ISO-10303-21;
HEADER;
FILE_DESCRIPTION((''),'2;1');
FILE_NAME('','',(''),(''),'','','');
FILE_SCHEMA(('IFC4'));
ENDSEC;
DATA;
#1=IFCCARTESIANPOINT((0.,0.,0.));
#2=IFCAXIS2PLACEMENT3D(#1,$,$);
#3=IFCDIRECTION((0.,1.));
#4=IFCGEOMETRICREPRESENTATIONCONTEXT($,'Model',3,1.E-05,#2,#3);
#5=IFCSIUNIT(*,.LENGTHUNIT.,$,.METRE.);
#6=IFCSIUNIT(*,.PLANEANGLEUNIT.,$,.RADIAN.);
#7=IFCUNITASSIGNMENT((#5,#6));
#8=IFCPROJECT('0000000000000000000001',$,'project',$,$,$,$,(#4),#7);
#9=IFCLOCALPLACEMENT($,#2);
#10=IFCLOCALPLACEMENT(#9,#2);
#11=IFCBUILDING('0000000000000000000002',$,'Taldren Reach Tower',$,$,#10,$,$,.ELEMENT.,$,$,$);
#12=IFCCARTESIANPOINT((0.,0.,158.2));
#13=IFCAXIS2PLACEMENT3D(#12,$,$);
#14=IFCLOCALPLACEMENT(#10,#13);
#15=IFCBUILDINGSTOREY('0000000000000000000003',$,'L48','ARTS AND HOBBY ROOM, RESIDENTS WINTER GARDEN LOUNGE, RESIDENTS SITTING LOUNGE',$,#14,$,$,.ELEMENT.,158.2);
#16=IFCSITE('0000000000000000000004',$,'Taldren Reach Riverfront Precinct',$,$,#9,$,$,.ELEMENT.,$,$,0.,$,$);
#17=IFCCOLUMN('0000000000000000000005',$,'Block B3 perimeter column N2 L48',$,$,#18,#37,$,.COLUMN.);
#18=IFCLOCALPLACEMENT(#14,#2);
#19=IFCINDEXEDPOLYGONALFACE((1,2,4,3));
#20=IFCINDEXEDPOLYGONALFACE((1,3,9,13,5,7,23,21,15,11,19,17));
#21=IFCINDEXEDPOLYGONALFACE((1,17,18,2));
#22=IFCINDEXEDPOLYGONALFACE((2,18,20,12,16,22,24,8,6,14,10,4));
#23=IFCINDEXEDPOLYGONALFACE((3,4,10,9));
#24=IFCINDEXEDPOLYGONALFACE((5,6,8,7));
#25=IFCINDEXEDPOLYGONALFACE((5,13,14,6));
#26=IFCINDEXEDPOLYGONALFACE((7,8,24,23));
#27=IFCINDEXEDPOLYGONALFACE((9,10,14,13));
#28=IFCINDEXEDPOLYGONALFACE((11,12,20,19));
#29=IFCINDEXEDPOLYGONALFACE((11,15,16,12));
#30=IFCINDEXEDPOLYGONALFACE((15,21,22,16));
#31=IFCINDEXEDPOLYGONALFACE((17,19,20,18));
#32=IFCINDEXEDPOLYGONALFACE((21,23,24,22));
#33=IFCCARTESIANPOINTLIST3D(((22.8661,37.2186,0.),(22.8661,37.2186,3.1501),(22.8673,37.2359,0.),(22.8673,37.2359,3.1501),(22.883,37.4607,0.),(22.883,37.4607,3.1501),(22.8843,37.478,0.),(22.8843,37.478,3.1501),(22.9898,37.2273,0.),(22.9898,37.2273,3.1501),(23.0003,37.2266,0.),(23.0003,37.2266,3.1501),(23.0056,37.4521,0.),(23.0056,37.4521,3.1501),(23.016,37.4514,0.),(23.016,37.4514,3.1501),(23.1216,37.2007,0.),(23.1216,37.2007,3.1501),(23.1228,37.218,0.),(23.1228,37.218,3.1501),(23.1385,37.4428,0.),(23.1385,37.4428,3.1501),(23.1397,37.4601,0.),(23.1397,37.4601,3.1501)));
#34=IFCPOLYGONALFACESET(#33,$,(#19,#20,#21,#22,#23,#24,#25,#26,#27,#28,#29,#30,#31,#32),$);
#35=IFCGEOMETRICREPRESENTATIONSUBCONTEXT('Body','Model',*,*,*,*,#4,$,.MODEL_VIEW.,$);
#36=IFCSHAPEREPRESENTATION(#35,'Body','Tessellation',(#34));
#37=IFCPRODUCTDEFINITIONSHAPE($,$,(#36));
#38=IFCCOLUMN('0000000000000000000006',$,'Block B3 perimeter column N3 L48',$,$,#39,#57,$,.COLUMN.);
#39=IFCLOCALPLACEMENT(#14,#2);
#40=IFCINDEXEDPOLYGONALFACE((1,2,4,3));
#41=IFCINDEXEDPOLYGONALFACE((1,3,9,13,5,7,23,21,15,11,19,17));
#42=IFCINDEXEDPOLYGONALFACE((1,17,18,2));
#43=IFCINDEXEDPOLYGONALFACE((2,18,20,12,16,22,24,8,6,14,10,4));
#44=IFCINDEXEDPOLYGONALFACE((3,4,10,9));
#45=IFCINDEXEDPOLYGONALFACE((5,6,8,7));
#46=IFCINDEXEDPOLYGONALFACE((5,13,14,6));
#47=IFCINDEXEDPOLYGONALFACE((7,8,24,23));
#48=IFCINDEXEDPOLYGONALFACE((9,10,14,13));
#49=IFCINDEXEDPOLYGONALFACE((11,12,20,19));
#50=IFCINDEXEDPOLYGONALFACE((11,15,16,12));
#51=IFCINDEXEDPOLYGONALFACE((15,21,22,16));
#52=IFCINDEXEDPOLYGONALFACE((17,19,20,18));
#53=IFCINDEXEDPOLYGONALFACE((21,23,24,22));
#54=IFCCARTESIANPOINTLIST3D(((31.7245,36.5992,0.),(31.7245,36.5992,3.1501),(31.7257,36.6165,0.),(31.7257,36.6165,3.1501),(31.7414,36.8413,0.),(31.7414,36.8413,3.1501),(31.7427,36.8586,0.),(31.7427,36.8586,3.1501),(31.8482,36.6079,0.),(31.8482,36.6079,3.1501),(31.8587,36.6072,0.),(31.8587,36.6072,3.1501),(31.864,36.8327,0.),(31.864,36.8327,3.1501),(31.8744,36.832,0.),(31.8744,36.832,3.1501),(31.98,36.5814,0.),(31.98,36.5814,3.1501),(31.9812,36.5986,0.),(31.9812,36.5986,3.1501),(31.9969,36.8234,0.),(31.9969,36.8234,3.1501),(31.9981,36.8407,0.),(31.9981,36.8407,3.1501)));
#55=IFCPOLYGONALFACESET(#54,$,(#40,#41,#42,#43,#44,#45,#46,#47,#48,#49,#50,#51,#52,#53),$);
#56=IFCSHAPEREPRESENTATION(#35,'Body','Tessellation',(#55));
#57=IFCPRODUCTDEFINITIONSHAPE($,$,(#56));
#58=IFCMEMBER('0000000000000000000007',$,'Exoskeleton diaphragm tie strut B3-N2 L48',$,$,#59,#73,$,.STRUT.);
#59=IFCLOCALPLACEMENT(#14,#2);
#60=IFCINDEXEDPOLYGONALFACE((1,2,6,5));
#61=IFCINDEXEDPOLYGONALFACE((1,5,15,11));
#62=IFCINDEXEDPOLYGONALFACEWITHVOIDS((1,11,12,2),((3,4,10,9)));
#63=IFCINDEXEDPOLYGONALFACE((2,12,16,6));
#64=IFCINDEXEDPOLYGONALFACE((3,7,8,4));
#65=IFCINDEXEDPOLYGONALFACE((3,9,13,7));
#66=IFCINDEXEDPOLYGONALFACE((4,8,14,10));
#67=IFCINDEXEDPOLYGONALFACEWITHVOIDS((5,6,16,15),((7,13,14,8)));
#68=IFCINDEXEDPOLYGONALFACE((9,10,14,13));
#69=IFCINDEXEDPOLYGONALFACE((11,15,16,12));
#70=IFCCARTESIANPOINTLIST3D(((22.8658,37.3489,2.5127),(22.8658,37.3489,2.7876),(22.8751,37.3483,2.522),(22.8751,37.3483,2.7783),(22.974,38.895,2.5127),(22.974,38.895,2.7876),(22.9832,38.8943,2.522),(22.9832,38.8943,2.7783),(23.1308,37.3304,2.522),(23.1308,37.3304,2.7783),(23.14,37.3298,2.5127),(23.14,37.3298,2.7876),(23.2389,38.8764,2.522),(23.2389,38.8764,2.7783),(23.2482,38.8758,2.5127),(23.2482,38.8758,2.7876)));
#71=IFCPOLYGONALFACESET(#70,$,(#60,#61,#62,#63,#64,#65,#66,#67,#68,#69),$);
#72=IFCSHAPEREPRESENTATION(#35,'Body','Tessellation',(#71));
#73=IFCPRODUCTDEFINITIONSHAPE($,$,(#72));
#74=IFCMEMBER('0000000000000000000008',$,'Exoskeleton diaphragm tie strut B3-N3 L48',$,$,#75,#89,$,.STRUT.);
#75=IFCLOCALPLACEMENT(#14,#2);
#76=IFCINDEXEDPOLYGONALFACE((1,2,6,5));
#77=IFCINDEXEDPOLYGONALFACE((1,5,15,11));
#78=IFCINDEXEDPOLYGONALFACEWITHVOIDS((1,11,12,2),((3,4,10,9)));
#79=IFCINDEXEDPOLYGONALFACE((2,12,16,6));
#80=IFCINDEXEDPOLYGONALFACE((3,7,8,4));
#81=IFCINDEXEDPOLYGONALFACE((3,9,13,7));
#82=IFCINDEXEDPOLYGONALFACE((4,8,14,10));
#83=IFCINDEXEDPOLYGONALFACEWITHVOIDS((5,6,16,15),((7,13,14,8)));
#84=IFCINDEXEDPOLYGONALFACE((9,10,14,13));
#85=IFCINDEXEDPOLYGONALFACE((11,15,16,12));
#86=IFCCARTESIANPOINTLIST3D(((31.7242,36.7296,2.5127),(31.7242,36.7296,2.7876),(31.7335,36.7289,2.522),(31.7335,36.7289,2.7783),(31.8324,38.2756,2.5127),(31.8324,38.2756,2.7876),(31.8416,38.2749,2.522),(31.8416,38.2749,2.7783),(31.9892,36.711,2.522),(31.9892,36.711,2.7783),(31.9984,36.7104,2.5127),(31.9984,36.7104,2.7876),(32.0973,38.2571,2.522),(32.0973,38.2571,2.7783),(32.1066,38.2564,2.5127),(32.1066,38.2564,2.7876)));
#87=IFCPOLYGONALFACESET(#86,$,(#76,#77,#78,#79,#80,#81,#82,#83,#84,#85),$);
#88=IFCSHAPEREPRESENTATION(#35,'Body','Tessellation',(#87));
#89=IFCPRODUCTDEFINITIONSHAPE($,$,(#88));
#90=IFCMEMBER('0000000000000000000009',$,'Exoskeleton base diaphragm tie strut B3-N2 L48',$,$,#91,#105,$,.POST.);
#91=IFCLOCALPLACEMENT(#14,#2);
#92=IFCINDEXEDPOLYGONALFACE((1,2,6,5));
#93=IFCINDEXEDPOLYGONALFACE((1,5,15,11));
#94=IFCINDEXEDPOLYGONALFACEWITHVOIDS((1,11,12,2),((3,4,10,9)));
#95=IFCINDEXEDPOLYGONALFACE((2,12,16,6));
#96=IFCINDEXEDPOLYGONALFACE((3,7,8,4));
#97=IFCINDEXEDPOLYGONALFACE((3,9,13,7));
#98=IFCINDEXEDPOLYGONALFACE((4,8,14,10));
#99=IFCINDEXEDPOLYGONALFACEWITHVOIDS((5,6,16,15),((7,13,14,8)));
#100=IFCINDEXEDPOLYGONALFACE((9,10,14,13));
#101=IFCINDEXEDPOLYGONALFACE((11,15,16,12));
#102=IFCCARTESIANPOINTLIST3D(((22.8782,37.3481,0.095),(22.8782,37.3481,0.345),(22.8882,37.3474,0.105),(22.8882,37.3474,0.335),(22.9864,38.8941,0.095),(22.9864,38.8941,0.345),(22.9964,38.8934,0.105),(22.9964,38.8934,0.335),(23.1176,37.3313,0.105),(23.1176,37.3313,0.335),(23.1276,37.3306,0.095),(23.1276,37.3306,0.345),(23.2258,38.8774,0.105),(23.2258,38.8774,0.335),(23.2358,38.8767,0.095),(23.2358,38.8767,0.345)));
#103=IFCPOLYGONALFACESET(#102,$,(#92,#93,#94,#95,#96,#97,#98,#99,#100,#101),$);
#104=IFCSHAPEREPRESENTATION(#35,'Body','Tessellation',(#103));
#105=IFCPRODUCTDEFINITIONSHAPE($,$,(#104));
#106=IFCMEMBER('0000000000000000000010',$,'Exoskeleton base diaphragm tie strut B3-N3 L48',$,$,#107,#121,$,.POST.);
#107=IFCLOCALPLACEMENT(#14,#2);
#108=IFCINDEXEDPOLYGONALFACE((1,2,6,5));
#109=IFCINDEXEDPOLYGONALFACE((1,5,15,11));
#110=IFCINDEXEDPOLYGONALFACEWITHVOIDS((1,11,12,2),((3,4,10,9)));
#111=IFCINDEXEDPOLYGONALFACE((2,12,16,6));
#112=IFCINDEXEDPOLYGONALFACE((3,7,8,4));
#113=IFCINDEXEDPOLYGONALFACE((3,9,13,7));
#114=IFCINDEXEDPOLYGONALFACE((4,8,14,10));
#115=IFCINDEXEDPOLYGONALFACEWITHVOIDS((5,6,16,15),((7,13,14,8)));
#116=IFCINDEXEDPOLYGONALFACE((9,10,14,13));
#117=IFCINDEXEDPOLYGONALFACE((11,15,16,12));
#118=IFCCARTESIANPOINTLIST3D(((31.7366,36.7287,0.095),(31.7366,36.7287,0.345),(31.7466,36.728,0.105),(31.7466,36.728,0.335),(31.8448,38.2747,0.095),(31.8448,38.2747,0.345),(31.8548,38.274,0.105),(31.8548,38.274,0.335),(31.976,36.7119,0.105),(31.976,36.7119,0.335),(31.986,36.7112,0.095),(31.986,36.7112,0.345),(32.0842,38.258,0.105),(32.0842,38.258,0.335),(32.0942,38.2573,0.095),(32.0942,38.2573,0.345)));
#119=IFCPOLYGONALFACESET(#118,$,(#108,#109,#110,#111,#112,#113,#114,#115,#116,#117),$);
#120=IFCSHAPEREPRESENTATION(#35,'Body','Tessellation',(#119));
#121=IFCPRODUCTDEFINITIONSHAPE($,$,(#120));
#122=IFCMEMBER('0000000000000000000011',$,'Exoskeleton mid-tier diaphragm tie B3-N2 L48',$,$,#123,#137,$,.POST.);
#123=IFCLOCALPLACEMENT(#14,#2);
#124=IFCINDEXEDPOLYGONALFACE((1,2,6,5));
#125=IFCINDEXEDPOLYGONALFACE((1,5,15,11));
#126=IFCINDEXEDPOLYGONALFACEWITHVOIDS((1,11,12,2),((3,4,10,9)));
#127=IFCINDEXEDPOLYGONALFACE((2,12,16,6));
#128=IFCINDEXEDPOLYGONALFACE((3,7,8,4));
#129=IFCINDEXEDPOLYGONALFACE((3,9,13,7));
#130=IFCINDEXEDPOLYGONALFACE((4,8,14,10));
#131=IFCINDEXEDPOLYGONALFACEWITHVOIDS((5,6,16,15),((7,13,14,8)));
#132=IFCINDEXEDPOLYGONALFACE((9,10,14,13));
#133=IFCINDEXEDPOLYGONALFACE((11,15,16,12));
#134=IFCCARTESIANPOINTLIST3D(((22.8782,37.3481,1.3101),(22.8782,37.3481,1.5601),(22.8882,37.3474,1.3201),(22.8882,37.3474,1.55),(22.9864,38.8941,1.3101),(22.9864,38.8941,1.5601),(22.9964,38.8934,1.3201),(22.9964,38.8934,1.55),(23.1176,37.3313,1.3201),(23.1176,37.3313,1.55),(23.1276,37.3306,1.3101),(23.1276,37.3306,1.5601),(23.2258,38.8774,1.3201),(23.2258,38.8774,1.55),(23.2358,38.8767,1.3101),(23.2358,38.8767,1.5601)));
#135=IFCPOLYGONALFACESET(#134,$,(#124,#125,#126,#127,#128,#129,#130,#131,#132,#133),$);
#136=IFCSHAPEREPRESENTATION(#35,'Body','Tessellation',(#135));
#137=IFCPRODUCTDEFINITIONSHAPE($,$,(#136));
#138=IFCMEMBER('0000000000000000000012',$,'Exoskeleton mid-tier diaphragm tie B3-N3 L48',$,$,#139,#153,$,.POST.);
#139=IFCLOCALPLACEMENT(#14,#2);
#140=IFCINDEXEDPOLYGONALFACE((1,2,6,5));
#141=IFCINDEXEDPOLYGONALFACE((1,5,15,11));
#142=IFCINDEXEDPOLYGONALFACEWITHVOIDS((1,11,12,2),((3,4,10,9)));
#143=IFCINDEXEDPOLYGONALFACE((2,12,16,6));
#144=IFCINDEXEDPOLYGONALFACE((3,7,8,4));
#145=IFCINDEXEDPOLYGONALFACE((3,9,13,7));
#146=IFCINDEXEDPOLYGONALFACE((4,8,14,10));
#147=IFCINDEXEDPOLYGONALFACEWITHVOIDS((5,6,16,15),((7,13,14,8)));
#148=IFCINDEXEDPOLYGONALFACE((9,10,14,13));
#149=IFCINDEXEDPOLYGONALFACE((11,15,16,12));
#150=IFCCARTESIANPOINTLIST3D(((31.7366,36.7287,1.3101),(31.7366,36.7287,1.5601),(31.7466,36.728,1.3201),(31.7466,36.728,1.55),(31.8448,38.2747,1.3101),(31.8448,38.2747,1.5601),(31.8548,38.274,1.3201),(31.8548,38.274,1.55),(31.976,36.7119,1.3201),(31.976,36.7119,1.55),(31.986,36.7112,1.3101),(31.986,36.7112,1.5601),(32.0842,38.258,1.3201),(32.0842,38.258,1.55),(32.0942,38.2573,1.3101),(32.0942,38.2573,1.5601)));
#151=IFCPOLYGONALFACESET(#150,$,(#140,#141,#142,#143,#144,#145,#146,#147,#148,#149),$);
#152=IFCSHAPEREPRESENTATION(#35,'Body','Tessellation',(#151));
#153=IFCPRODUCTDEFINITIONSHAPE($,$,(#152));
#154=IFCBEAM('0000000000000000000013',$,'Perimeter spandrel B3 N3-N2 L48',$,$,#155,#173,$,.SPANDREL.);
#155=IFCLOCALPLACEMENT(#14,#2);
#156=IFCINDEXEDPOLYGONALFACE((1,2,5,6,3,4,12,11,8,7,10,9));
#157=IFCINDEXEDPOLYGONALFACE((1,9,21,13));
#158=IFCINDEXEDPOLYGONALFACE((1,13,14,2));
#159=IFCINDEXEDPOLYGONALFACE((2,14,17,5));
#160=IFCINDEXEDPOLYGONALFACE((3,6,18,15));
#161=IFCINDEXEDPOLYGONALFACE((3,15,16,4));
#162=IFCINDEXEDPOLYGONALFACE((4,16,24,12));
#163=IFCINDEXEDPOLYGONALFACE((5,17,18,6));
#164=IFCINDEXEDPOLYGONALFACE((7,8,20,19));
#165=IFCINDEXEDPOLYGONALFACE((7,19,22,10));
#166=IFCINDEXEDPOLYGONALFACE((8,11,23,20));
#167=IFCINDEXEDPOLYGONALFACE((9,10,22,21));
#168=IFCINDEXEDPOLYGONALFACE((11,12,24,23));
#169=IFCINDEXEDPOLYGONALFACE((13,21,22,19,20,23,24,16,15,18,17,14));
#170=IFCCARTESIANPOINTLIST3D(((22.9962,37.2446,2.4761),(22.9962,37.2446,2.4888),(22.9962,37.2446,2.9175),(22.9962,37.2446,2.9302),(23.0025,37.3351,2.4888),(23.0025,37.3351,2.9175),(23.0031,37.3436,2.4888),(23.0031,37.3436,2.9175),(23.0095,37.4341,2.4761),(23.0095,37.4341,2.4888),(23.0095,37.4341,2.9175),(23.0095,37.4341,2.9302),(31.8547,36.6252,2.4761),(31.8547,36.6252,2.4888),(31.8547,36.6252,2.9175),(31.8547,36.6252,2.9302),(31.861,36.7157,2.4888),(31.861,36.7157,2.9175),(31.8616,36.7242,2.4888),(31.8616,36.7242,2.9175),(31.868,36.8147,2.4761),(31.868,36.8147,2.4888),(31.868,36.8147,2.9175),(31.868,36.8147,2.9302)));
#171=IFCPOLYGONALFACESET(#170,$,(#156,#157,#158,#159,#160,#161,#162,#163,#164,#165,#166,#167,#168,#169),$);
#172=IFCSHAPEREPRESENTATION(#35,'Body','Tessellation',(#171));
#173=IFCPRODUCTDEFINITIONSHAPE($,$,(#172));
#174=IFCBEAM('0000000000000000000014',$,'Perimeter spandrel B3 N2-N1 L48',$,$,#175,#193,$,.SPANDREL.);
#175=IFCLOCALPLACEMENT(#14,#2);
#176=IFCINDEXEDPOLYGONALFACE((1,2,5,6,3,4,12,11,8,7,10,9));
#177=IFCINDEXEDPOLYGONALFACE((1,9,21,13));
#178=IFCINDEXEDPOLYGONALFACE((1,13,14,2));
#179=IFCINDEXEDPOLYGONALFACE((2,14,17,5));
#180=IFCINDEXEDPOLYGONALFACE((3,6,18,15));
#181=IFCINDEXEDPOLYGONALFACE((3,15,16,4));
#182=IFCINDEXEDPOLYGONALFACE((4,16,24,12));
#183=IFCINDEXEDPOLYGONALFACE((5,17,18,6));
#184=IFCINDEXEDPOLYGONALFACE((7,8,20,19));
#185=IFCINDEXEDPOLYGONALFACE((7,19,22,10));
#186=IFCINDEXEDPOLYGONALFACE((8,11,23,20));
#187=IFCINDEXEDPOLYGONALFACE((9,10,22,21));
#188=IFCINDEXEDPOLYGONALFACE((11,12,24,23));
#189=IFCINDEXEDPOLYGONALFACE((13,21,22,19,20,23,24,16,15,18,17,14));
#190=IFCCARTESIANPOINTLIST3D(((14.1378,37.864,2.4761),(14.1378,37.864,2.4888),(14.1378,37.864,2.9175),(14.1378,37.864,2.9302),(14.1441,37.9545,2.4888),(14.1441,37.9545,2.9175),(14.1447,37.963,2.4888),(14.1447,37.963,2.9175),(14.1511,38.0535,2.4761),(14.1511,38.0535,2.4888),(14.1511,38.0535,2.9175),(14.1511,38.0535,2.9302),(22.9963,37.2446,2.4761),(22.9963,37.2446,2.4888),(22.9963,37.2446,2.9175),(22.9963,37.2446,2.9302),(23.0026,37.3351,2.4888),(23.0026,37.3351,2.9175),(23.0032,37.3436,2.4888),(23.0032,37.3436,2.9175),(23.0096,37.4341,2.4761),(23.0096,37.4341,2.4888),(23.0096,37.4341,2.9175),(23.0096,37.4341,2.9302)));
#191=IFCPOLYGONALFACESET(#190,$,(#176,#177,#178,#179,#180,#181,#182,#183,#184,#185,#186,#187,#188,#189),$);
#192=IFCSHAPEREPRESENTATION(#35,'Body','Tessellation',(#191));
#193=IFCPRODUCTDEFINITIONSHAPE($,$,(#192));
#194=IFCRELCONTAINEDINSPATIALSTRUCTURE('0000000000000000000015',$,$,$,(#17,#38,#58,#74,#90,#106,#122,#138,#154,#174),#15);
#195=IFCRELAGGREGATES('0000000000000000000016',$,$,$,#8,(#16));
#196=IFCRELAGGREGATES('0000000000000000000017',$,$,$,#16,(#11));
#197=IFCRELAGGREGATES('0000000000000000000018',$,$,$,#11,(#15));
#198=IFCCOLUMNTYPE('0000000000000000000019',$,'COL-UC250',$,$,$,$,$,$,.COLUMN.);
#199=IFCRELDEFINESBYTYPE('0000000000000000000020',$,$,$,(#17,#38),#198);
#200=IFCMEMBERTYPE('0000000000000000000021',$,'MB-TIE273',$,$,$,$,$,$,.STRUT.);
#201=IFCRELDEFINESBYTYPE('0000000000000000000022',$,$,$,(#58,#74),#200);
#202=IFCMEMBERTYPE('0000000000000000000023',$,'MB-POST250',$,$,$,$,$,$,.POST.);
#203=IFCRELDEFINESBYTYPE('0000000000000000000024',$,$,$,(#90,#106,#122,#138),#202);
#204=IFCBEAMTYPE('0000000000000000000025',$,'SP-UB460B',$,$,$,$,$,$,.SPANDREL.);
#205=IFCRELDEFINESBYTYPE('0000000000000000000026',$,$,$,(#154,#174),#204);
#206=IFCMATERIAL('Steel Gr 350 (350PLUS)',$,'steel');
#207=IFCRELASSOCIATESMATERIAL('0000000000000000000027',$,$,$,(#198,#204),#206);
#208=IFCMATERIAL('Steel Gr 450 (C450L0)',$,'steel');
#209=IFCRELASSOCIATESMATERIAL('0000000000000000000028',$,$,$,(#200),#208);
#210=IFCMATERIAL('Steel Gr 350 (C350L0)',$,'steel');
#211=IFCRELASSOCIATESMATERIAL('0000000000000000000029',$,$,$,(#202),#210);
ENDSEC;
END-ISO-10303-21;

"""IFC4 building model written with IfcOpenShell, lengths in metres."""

from ifc_helpers import new_model, si_unit, direction, frame, origin, origin_2d, place, context, subcontext, project, spatial, hollow_rectangle, i_section, extrude, source, transform, mapped, material, material_profile, profile_set, type_object, element, save


model = new_model("IFC4")

# Units and contexts
model_context = context("Model", 3, precision=1e-05, world=origin(), true_north=direction((0.0, 1.0)))
body_context = subcontext(model_context, "Body", "Model", "MODEL_VIEW")
ifc_project = project(units=[si_unit("LENGTHUNIT", "METRE"), si_unit("PLANEANGLEUNIT", "RADIAN")], contexts=[model_context])

# Site, building, storey
site_placement = place(None, origin())
site = spatial("IfcSite", under=ifc_project, at=site_placement, Name="Taldren Reach Riverfront Precinct", CompositionType="ELEMENT", RefElevation=0.0)
building_placement = place(site_placement, origin())
building = spatial("IfcBuilding", under=site, at=building_placement, Name="Taldren Reach Tower", CompositionType="ELEMENT")
storey_placement = place(building_placement, frame((0.0, 0.0, 158.2)))
storey = spatial("IfcBuildingStorey", under=building, at=storey_placement, Name="L48", Description="ARTS AND HOBBY ROOM, RESIDENTS WINTER GARDEN LOUNGE, RESIDENTS SITTING LOUNGE", CompositionType="ELEMENT", Elevation=158.2)

# Columns
ifc_material_1 = material(Name="Steel Gr 350 (350PLUS)", Category="steel")
ifc_material_profile_1 = material_profile(ifc_material_1, i_section(OverallWidth=0.2561, OverallDepth=0.26, WebThickness=0.0105, FlangeThickness=0.0173, at=origin_2d()), Name="250UC89.5")
ifc_profile_set_1 = profile_set([ifc_material_profile_1], Name="Steel Gr 350 (350PLUS)")
column_type = type_object("IfcColumnType", Name="COL-UC250", PredefinedType="COLUMN", material=ifc_profile_set_1)
shared_shape_1 = source(origin(), body_context, "Body", "SweptSolid", [
    extrude(i_section(OverallWidth=0.2561, OverallDepth=0.26, WebThickness=0.0105, FlangeThickness=0.0173, at=origin_2d()), origin(), (0.0, 0.0, 1.0), 3.1501),
])
for number, where, z_axis, x_axis, name in (
    (1, (23.0029, 37.3394, 0.0), (0.0, 0.0, 1.0), (0.997564, -0.069756, 0.0), "Block B3 perimeter column N2 L48"),
    (2, (31.8613, 36.72, 0.0), (0.0, 0.0, 1.0), (0.997564, -0.069756, 0.0), "Block B3 perimeter column N3 L48"),
):
    element("IfcColumn", number, at=place(storey_placement, frame(where, z_axis=z_axis, x_axis=x_axis)), inside=storey, type_object=column_type, Name=name, PredefinedType="COLUMN", context=body_context, shape_type="MappedRepresentation", body=[
        mapped(shared_shape_1, transform((0.0, 0.0, 0.0), scale=1.0)),
    ])

# Members
ifc_material_2 = material(Name="Steel Gr 450 (C450L0)", Category="steel")
ifc_material_profile_2 = material_profile(ifc_material_2, hollow_rectangle(XDim=0.2749, YDim=0.2749, WallThickness=0.0093, at=origin_2d()), Name="275x275x9.3SHS")
ifc_profile_set_2 = profile_set([ifc_material_profile_2], Name="Steel Gr 450 (C450L0)")
member_type_1 = type_object("IfcMemberType", Name="MB-TIE273", PredefinedType="STRUT", material=ifc_profile_set_2)
shared_shape_2 = source(origin(), body_context, "Body", "SweptSolid", [
    extrude(hollow_rectangle(XDim=0.2749, YDim=0.2749, WallThickness=0.0093, at=origin_2d()), origin(), (0.0, 0.0, 1.0), 1.5498),
])
for number, where, z_axis, x_axis, name in (
    (3, (23.0029, 37.3394, 2.6501), (0.069781, 0.997562, 0.0), (-0.997562, 0.069781, 0.0), "Exoskeleton diaphragm tie strut B3-N2 L48"),
    (4, (31.8613, 36.72, 2.6501), (0.069781, 0.997562, 0.0), (-0.997562, 0.069781, 0.0), "Exoskeleton diaphragm tie strut B3-N3 L48"),
):
    element("IfcMember", number, at=place(storey_placement, frame(where, z_axis=z_axis, x_axis=x_axis)), inside=storey, type_object=member_type_1, Name=name, PredefinedType="STRUT", context=body_context, shape_type="MappedRepresentation", body=[
        mapped(shared_shape_2, transform((0.0, 0.0, 0.0), scale=1.0)),
    ])
ifc_material_3 = material(Name="Steel Gr 350 (C350L0)", Category="steel")
ifc_material_profile_3 = material_profile(ifc_material_3, hollow_rectangle(XDim=0.25, YDim=0.25, WallThickness=0.01, at=origin_2d()), Name="250x250x10.0SHS")
ifc_profile_set_3 = profile_set([ifc_material_profile_3], Name="Steel Gr 350 (C350L0)")
member_type_2 = type_object("IfcMemberType", Name="MB-POST250", PredefinedType="POST", material=ifc_profile_set_3)
shared_shape_3 = source(origin(), body_context, "Body", "SweptSolid", [
    extrude(hollow_rectangle(XDim=0.25, YDim=0.25, WallThickness=0.01, at=origin_2d()), origin(), (0.0, 0.0, 1.0), 1.5498),
])
for number, where, z_axis, x_axis, name in (
    (5, (23.0029, 37.3394, 0.22), (0.069781, 0.997562, 0.0), (-0.997562, 0.069781, 0.0), "Exoskeleton base diaphragm tie strut B3-N2 L48"),
    (6, (31.8613, 36.72, 0.22), (0.069781, 0.997562, 0.0), (-0.997562, 0.069781, 0.0), "Exoskeleton base diaphragm tie strut B3-N3 L48"),
    (7, (23.0029, 37.3394, 1.4351), (0.069781, 0.997562, 0.0), (-0.997562, 0.069781, 0.0), "Exoskeleton mid-tier diaphragm tie B3-N2 L48"),
    (8, (31.8613, 36.72, 1.4351), (0.069781, 0.997562, 0.0), (-0.997562, 0.069781, 0.0), "Exoskeleton mid-tier diaphragm tie B3-N3 L48"),
):
    element("IfcMember", number, at=place(storey_placement, frame(where, z_axis=z_axis, x_axis=x_axis)), inside=storey, type_object=member_type_2, Name=name, PredefinedType="POST", context=body_context, shape_type="MappedRepresentation", body=[
        mapped(shared_shape_3, transform((0.0, 0.0, 0.0), scale=1.0)),
    ])

# Beams
ifc_material_profile_4 = material_profile(ifc_material_1, i_section(OverallWidth=0.1899, OverallDepth=0.4541, WebThickness=0.0085, FlangeThickness=0.0127, at=origin_2d()), Name="460UB67.1")
ifc_profile_set_4 = profile_set([ifc_material_profile_4], Name="Steel Gr 350 (350PLUS)")
beam_type = type_object("IfcBeamType", Name="SP-UB460B", PredefinedType="SPANDREL", material=ifc_profile_set_4)
shared_shape_4 = source(origin(), body_context, "Body", "SweptSolid", [
    extrude(i_section(OverallWidth=0.1899, OverallDepth=0.4541, WebThickness=0.0085, FlangeThickness=0.0127, at=origin_2d()), origin(), (0.0, 0.0, 1.0), 8.8801),
])
for number, where, z_axis, x_axis, name in (
    (9, (31.8613, 36.72, 2.7031), (-0.997564, 0.06975, 0.0), (-0.06975, -0.997564, 0.0), "Perimeter spandrel B3 N3-N2 L48"),
    (10, (23.0029, 37.3394, 2.7031), (-0.997564, 0.06975, 0.0), (-0.06975, -0.997564, 0.0), "Perimeter spandrel B3 N2-N1 L48"),
):
    element("IfcBeam", number, at=place(storey_placement, frame(where, z_axis=z_axis, x_axis=x_axis)), inside=storey, type_object=beam_type, Name=name, PredefinedType="SPANDREL", context=body_context, shape_type="MappedRepresentation", body=[
        mapped(shared_shape_4, transform((0.0, 0.0, 0.0), scale=1.0)),
    ])

save(model, "model.ifc")
